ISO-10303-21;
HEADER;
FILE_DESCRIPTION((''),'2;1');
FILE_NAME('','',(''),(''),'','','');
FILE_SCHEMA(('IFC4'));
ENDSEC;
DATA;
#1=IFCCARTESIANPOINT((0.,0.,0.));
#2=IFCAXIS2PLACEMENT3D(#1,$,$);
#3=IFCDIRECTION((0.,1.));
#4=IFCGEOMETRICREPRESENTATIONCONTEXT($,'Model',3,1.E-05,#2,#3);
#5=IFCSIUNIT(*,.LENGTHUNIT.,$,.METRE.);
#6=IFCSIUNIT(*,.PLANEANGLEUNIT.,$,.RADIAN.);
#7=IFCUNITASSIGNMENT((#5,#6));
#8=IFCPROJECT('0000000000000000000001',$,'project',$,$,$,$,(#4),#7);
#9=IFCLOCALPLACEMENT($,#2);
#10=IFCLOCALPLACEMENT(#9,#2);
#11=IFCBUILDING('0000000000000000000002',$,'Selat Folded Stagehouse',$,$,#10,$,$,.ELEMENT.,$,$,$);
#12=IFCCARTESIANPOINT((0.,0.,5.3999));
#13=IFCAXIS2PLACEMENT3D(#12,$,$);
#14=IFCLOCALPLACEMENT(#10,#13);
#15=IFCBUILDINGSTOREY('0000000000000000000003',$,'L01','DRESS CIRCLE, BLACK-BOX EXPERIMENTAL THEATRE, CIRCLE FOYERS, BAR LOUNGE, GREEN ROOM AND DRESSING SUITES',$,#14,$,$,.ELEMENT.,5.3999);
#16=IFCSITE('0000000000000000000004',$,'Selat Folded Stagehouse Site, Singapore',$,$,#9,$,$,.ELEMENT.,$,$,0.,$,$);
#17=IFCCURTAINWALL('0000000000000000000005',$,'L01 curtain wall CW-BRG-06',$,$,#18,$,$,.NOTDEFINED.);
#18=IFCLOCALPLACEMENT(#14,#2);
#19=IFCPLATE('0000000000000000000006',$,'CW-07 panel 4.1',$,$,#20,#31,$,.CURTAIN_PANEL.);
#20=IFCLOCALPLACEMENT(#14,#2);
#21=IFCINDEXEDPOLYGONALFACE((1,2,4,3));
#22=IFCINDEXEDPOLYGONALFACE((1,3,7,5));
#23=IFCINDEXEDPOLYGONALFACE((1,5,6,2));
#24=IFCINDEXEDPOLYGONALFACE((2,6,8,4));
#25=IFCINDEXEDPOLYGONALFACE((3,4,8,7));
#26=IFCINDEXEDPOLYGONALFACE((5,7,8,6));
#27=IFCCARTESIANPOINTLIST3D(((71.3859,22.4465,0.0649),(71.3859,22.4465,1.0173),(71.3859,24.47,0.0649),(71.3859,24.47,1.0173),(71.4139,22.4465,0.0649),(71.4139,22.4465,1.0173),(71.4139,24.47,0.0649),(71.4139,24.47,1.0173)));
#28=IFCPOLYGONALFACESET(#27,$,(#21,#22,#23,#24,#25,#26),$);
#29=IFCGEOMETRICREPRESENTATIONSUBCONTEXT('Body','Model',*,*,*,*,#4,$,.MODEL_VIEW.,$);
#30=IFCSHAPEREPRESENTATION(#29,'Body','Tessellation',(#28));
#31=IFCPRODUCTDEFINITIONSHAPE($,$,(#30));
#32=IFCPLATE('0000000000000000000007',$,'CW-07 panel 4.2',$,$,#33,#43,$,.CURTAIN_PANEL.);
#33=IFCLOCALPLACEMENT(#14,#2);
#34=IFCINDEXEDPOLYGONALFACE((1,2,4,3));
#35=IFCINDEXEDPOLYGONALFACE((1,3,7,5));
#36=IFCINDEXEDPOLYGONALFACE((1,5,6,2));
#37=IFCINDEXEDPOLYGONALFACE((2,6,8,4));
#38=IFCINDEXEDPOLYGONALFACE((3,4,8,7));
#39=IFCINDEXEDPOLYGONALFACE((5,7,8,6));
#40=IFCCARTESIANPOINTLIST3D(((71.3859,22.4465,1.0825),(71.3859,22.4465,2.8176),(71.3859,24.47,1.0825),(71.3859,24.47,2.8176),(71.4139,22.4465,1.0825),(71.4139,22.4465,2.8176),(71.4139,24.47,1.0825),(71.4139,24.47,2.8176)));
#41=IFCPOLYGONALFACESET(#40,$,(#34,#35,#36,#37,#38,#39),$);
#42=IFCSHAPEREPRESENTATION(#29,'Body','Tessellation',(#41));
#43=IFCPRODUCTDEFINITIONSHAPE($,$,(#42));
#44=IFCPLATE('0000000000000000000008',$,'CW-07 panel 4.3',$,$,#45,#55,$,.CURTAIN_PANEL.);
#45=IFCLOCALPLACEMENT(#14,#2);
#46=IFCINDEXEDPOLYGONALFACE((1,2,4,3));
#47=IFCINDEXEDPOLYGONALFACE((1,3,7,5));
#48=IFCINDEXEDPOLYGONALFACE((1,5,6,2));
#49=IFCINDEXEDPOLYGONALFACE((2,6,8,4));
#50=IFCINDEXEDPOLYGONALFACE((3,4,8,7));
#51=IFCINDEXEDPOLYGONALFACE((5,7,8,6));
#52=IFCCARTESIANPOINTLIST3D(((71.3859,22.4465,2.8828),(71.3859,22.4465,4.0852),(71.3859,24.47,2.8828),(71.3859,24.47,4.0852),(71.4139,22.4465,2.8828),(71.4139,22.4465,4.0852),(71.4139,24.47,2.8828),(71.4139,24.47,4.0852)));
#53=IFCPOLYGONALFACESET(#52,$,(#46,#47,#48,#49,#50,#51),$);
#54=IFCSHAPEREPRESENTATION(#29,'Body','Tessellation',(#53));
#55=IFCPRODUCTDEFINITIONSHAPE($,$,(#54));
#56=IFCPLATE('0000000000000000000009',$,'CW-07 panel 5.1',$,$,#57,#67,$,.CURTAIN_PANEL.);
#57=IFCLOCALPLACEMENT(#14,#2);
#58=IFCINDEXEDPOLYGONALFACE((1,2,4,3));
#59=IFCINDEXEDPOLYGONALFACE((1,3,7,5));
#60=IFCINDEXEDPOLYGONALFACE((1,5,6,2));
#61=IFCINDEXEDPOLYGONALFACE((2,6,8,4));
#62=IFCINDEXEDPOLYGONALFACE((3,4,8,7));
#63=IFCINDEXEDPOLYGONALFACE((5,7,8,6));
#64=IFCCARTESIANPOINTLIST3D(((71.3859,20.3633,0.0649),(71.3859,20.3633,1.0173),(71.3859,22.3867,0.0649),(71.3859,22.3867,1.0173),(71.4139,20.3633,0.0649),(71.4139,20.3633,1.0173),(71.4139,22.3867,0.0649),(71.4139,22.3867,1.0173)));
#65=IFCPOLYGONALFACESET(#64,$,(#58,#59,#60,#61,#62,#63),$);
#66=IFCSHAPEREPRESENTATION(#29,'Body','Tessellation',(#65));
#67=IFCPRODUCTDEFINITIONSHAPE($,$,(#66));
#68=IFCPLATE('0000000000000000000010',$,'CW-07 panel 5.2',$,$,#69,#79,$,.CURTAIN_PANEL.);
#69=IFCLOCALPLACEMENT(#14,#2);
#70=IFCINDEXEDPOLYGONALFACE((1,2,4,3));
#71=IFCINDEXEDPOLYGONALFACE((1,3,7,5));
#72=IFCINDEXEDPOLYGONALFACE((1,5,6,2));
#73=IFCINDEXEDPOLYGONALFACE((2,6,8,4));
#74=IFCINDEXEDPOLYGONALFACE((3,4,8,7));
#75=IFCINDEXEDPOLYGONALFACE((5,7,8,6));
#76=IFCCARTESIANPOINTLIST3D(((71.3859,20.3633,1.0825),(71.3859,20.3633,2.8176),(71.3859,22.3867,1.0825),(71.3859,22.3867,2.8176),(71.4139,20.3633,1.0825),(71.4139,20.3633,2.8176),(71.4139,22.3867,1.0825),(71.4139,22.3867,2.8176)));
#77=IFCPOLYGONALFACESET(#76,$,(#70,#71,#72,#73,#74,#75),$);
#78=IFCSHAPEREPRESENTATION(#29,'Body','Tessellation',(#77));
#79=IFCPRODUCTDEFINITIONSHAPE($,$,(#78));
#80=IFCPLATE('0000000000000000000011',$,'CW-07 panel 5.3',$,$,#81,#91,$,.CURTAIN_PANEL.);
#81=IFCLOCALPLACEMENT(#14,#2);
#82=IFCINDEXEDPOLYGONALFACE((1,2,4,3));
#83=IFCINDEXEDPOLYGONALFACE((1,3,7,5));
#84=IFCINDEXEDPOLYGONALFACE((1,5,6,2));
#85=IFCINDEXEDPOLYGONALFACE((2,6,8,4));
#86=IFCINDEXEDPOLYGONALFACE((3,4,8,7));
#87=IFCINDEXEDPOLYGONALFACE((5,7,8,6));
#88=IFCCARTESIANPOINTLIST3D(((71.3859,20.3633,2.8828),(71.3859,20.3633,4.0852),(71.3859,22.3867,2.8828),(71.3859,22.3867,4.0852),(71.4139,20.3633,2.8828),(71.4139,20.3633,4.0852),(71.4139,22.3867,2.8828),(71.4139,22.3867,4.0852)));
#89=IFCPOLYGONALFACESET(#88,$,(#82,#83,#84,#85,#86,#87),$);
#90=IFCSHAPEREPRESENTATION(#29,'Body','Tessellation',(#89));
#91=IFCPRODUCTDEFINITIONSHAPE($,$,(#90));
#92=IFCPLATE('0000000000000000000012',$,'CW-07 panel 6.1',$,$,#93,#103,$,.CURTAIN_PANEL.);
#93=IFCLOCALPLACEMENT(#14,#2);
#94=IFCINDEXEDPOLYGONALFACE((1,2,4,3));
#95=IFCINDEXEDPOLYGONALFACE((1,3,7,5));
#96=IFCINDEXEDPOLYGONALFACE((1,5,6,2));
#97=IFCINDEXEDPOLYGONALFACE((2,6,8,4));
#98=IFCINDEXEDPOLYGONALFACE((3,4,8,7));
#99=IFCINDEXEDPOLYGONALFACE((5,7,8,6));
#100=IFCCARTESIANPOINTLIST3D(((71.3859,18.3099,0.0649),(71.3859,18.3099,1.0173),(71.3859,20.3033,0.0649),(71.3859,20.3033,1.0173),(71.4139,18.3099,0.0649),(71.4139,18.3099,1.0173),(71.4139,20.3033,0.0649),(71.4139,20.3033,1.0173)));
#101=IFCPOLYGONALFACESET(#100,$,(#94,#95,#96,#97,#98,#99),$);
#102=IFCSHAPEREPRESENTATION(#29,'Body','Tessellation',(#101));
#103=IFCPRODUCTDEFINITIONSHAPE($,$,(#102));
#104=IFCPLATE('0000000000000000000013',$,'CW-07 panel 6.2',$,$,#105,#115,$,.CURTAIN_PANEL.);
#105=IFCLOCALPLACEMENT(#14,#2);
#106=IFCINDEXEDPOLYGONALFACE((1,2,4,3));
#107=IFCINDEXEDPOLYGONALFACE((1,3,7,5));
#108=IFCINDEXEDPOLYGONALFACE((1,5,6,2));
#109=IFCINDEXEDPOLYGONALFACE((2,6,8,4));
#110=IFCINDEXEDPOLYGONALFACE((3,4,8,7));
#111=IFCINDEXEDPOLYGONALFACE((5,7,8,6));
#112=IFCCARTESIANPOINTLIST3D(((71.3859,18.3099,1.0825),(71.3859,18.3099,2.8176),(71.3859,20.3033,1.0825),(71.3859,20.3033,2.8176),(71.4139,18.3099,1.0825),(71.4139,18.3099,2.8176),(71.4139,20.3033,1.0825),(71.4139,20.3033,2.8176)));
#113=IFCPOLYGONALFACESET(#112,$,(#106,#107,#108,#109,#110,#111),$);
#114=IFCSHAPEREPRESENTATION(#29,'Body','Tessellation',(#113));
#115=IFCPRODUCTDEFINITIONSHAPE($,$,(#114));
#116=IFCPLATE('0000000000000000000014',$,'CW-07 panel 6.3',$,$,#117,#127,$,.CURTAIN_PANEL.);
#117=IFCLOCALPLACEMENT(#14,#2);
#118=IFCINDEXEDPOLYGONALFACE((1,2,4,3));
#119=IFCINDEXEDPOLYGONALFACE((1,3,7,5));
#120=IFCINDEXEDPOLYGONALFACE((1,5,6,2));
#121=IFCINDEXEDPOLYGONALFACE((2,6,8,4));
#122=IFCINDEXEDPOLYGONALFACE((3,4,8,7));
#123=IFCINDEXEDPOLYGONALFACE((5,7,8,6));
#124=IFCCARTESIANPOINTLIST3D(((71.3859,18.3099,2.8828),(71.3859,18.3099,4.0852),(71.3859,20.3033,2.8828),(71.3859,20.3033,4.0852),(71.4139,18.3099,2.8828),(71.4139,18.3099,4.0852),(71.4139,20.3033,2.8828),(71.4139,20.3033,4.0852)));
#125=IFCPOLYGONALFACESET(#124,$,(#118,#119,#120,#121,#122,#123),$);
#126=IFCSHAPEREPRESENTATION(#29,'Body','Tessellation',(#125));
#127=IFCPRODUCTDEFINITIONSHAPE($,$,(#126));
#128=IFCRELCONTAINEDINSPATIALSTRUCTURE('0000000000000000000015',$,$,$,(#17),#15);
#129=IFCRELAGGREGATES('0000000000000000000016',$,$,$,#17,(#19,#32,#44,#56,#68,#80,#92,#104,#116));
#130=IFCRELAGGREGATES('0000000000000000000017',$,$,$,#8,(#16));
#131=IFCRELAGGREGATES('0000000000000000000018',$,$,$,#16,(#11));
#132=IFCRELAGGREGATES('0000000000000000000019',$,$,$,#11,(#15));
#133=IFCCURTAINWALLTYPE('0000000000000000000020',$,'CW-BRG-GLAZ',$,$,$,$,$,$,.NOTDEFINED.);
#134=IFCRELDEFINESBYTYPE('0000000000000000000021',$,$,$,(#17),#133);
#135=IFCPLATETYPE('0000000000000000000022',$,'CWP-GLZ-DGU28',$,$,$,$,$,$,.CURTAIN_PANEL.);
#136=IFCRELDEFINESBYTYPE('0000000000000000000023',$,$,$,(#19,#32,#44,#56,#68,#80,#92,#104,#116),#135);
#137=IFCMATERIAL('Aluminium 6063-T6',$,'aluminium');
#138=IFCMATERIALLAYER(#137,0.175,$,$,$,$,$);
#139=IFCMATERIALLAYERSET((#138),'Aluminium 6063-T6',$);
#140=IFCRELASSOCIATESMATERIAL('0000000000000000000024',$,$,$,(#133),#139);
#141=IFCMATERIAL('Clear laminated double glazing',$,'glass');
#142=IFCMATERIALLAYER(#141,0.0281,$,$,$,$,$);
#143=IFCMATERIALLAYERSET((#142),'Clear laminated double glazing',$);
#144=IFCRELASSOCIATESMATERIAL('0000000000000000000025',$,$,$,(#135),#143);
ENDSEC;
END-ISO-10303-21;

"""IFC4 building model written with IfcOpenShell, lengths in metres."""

from ifc_helpers import new_model, si_unit, direction, frame, origin, origin_2d, place, context, subcontext, project, spatial, rectangle, extrude, material, layer, layer_set, type_object, element, aggregate, save


model = new_model("IFC4")

# Units and contexts
model_context = context("Model", 3, precision=1e-05, world=origin(), true_north=direction((0.0, 1.0)))
body_context = subcontext(model_context, "Body", "Model", "MODEL_VIEW")
ifc_project = project(units=[si_unit("LENGTHUNIT", "METRE"), si_unit("PLANEANGLEUNIT", "RADIAN")], contexts=[model_context])

# Site, building, storey
site_placement = place(None, origin())
site = spatial("IfcSite", under=ifc_project, at=site_placement, Name="Selat Folded Stagehouse Site, Singapore", CompositionType="ELEMENT", RefElevation=0.0)
building_placement = place(site_placement, origin())
building = spatial("IfcBuilding", under=site, at=building_placement, Name="Selat Folded Stagehouse", CompositionType="ELEMENT")
storey_placement = place(building_placement, frame((0.0, 0.0, 5.3999)))
storey = spatial("IfcBuildingStorey", under=building, at=storey_placement, Name="L01", Description="DRESS CIRCLE, BLACK-BOX EXPERIMENTAL THEATRE, CIRCLE FOYERS, BAR LOUNGE, GREEN ROOM AND DRESSING SUITES", CompositionType="ELEMENT", Elevation=5.3999)

# Curtain wall, plates
ifc_material_1 = material(Name="Aluminium 6063-T6", Category="aluminium")
ifc_layer_1 = layer(ifc_material_1, 0.175)
ifc_layer_set_1 = layer_set([ifc_layer_1], Name="Aluminium 6063-T6")
curtain_wall_type = type_object("IfcCurtainWallType", Name="CW-BRG-GLAZ", PredefinedType="NOTDEFINED", material=ifc_layer_set_1)
curtain_wall_placement = place(storey_placement, origin())
curtain_wall = element("IfcCurtainWall", 1, at=curtain_wall_placement, inside=storey, type_object=curtain_wall_type, Name="L01 curtain wall CW-BRG-06", PredefinedType="NOTDEFINED")
ifc_material_2 = material(Name="Clear laminated double glazing", Category="glass")
ifc_layer_2 = layer(ifc_material_2, 0.0281)
ifc_layer_set_2 = layer_set([ifc_layer_2], Name="Clear laminated double glazing")
plate_type = type_object("IfcPlateType", Name="CWP-GLZ-DGU28", PredefinedType="CURTAIN_PANEL", material=ifc_layer_set_2)
plate_1_placement = place(storey_placement, frame((71.3999, 23.4583, 0.0649), z_axis=(0.0, 0.0, 1.0), x_axis=(0.0, -1.0, 0.0)))
plate_1 = element("IfcPlate", 2, at=plate_1_placement, type_object=plate_type, Name="CW-07 panel 4.1", PredefinedType="CURTAIN_PANEL", context=body_context, shape_type="SweptSolid", body=[
    extrude(rectangle(XDim=2.0234, YDim=0.0281, at=origin_2d()), origin(), (0.0, 0.0, 1.0), 0.9524),
])
plate_2_placement = place(storey_placement, frame((71.3999, 23.4583, 1.0825), z_axis=(0.0, 0.0, 1.0), x_axis=(0.0, -1.0, 0.0)))
plate_2 = element("IfcPlate", 3, at=plate_2_placement, type_object=plate_type, Name="CW-07 panel 4.2", PredefinedType="CURTAIN_PANEL", context=body_context, shape_type="SweptSolid", body=[
    extrude(rectangle(XDim=2.0234, YDim=0.0281, at=origin_2d()), origin(), (0.0, 0.0, 1.0), 1.7351),
])
plate_3_placement = place(storey_placement, frame((71.3999, 23.4583, 2.8828), z_axis=(0.0, 0.0, 1.0), x_axis=(0.0, -1.0, 0.0)))
plate_3 = element("IfcPlate", 4, at=plate_3_placement, type_object=plate_type, Name="CW-07 panel 4.3", PredefinedType="CURTAIN_PANEL", context=body_context, shape_type="SweptSolid", body=[
    extrude(rectangle(XDim=2.0234, YDim=0.0281, at=origin_2d()), origin(), (0.0, 0.0, 1.0), 1.2024),
])
plate_4_placement = place(storey_placement, frame((71.3999, 21.375, 0.0649), z_axis=(0.0, 0.0, 1.0), x_axis=(0.0, -1.0, 0.0)))
plate_4 = element("IfcPlate", 5, at=plate_4_placement, type_object=plate_type, Name="CW-07 panel 5.1", PredefinedType="CURTAIN_PANEL", context=body_context, shape_type="SweptSolid", body=[
    extrude(rectangle(XDim=2.0234, YDim=0.0281, at=origin_2d()), origin(), (0.0, 0.0, 1.0), 0.9524),
])
plate_5_placement = place(storey_placement, frame((71.3999, 21.375, 1.0825), z_axis=(0.0, 0.0, 1.0), x_axis=(0.0, -1.0, 0.0)))
plate_5 = element("IfcPlate", 6, at=plate_5_placement, type_object=plate_type, Name="CW-07 panel 5.2", PredefinedType="CURTAIN_PANEL", context=body_context, shape_type="SweptSolid", body=[
    extrude(rectangle(XDim=2.0234, YDim=0.0281, at=origin_2d()), origin(), (0.0, 0.0, 1.0), 1.7351),
])
plate_6_placement = place(storey_placement, frame((71.3999, 21.375, 2.8828), z_axis=(0.0, 0.0, 1.0), x_axis=(0.0, -1.0, 0.0)))
plate_6 = element("IfcPlate", 7, at=plate_6_placement, type_object=plate_type, Name="CW-07 panel 5.3", PredefinedType="CURTAIN_PANEL", context=body_context, shape_type="SweptSolid", body=[
    extrude(rectangle(XDim=2.0234, YDim=0.0281, at=origin_2d()), origin(), (0.0, 0.0, 1.0), 1.2024),
])
plate_7_placement = place(storey_placement, frame((71.3999, 19.3066, 0.0649), z_axis=(0.0, 0.0, 1.0), x_axis=(0.0, -1.0, 0.0)))
plate_7 = element("IfcPlate", 8, at=plate_7_placement, type_object=plate_type, Name="CW-07 panel 6.1", PredefinedType="CURTAIN_PANEL", context=body_context, shape_type="SweptSolid", body=[
    extrude(rectangle(XDim=1.9934, YDim=0.0281, at=origin_2d()), origin(), (0.0, 0.0, 1.0), 0.9524),
])
plate_8_placement = place(storey_placement, frame((71.3999, 19.3066, 1.0825), z_axis=(0.0, 0.0, 1.0), x_axis=(0.0, -1.0, 0.0)))
plate_8 = element("IfcPlate", 9, at=plate_8_placement, type_object=plate_type, Name="CW-07 panel 6.2", PredefinedType="CURTAIN_PANEL", context=body_context, shape_type="SweptSolid", body=[
    extrude(rectangle(XDim=1.9934, YDim=0.0281, at=origin_2d()), origin(), (0.0, 0.0, 1.0), 1.7351),
])
plate_9_placement = place(storey_placement, frame((71.3999, 19.3066, 2.8828), z_axis=(0.0, 0.0, 1.0), x_axis=(0.0, -1.0, 0.0)))
plate_9 = element("IfcPlate", 10, at=plate_9_placement, type_object=plate_type, Name="CW-07 panel 6.3", PredefinedType="CURTAIN_PANEL", context=body_context, shape_type="SweptSolid", body=[
    extrude(rectangle(XDim=1.9934, YDim=0.0281, at=origin_2d()), origin(), (0.0, 0.0, 1.0), 1.2024),
])
aggregate(curtain_wall, [plate_1, plate_2, plate_3, plate_4, plate_5, plate_6, plate_7, plate_8, plate_9])

save(model, "model.ifc")
